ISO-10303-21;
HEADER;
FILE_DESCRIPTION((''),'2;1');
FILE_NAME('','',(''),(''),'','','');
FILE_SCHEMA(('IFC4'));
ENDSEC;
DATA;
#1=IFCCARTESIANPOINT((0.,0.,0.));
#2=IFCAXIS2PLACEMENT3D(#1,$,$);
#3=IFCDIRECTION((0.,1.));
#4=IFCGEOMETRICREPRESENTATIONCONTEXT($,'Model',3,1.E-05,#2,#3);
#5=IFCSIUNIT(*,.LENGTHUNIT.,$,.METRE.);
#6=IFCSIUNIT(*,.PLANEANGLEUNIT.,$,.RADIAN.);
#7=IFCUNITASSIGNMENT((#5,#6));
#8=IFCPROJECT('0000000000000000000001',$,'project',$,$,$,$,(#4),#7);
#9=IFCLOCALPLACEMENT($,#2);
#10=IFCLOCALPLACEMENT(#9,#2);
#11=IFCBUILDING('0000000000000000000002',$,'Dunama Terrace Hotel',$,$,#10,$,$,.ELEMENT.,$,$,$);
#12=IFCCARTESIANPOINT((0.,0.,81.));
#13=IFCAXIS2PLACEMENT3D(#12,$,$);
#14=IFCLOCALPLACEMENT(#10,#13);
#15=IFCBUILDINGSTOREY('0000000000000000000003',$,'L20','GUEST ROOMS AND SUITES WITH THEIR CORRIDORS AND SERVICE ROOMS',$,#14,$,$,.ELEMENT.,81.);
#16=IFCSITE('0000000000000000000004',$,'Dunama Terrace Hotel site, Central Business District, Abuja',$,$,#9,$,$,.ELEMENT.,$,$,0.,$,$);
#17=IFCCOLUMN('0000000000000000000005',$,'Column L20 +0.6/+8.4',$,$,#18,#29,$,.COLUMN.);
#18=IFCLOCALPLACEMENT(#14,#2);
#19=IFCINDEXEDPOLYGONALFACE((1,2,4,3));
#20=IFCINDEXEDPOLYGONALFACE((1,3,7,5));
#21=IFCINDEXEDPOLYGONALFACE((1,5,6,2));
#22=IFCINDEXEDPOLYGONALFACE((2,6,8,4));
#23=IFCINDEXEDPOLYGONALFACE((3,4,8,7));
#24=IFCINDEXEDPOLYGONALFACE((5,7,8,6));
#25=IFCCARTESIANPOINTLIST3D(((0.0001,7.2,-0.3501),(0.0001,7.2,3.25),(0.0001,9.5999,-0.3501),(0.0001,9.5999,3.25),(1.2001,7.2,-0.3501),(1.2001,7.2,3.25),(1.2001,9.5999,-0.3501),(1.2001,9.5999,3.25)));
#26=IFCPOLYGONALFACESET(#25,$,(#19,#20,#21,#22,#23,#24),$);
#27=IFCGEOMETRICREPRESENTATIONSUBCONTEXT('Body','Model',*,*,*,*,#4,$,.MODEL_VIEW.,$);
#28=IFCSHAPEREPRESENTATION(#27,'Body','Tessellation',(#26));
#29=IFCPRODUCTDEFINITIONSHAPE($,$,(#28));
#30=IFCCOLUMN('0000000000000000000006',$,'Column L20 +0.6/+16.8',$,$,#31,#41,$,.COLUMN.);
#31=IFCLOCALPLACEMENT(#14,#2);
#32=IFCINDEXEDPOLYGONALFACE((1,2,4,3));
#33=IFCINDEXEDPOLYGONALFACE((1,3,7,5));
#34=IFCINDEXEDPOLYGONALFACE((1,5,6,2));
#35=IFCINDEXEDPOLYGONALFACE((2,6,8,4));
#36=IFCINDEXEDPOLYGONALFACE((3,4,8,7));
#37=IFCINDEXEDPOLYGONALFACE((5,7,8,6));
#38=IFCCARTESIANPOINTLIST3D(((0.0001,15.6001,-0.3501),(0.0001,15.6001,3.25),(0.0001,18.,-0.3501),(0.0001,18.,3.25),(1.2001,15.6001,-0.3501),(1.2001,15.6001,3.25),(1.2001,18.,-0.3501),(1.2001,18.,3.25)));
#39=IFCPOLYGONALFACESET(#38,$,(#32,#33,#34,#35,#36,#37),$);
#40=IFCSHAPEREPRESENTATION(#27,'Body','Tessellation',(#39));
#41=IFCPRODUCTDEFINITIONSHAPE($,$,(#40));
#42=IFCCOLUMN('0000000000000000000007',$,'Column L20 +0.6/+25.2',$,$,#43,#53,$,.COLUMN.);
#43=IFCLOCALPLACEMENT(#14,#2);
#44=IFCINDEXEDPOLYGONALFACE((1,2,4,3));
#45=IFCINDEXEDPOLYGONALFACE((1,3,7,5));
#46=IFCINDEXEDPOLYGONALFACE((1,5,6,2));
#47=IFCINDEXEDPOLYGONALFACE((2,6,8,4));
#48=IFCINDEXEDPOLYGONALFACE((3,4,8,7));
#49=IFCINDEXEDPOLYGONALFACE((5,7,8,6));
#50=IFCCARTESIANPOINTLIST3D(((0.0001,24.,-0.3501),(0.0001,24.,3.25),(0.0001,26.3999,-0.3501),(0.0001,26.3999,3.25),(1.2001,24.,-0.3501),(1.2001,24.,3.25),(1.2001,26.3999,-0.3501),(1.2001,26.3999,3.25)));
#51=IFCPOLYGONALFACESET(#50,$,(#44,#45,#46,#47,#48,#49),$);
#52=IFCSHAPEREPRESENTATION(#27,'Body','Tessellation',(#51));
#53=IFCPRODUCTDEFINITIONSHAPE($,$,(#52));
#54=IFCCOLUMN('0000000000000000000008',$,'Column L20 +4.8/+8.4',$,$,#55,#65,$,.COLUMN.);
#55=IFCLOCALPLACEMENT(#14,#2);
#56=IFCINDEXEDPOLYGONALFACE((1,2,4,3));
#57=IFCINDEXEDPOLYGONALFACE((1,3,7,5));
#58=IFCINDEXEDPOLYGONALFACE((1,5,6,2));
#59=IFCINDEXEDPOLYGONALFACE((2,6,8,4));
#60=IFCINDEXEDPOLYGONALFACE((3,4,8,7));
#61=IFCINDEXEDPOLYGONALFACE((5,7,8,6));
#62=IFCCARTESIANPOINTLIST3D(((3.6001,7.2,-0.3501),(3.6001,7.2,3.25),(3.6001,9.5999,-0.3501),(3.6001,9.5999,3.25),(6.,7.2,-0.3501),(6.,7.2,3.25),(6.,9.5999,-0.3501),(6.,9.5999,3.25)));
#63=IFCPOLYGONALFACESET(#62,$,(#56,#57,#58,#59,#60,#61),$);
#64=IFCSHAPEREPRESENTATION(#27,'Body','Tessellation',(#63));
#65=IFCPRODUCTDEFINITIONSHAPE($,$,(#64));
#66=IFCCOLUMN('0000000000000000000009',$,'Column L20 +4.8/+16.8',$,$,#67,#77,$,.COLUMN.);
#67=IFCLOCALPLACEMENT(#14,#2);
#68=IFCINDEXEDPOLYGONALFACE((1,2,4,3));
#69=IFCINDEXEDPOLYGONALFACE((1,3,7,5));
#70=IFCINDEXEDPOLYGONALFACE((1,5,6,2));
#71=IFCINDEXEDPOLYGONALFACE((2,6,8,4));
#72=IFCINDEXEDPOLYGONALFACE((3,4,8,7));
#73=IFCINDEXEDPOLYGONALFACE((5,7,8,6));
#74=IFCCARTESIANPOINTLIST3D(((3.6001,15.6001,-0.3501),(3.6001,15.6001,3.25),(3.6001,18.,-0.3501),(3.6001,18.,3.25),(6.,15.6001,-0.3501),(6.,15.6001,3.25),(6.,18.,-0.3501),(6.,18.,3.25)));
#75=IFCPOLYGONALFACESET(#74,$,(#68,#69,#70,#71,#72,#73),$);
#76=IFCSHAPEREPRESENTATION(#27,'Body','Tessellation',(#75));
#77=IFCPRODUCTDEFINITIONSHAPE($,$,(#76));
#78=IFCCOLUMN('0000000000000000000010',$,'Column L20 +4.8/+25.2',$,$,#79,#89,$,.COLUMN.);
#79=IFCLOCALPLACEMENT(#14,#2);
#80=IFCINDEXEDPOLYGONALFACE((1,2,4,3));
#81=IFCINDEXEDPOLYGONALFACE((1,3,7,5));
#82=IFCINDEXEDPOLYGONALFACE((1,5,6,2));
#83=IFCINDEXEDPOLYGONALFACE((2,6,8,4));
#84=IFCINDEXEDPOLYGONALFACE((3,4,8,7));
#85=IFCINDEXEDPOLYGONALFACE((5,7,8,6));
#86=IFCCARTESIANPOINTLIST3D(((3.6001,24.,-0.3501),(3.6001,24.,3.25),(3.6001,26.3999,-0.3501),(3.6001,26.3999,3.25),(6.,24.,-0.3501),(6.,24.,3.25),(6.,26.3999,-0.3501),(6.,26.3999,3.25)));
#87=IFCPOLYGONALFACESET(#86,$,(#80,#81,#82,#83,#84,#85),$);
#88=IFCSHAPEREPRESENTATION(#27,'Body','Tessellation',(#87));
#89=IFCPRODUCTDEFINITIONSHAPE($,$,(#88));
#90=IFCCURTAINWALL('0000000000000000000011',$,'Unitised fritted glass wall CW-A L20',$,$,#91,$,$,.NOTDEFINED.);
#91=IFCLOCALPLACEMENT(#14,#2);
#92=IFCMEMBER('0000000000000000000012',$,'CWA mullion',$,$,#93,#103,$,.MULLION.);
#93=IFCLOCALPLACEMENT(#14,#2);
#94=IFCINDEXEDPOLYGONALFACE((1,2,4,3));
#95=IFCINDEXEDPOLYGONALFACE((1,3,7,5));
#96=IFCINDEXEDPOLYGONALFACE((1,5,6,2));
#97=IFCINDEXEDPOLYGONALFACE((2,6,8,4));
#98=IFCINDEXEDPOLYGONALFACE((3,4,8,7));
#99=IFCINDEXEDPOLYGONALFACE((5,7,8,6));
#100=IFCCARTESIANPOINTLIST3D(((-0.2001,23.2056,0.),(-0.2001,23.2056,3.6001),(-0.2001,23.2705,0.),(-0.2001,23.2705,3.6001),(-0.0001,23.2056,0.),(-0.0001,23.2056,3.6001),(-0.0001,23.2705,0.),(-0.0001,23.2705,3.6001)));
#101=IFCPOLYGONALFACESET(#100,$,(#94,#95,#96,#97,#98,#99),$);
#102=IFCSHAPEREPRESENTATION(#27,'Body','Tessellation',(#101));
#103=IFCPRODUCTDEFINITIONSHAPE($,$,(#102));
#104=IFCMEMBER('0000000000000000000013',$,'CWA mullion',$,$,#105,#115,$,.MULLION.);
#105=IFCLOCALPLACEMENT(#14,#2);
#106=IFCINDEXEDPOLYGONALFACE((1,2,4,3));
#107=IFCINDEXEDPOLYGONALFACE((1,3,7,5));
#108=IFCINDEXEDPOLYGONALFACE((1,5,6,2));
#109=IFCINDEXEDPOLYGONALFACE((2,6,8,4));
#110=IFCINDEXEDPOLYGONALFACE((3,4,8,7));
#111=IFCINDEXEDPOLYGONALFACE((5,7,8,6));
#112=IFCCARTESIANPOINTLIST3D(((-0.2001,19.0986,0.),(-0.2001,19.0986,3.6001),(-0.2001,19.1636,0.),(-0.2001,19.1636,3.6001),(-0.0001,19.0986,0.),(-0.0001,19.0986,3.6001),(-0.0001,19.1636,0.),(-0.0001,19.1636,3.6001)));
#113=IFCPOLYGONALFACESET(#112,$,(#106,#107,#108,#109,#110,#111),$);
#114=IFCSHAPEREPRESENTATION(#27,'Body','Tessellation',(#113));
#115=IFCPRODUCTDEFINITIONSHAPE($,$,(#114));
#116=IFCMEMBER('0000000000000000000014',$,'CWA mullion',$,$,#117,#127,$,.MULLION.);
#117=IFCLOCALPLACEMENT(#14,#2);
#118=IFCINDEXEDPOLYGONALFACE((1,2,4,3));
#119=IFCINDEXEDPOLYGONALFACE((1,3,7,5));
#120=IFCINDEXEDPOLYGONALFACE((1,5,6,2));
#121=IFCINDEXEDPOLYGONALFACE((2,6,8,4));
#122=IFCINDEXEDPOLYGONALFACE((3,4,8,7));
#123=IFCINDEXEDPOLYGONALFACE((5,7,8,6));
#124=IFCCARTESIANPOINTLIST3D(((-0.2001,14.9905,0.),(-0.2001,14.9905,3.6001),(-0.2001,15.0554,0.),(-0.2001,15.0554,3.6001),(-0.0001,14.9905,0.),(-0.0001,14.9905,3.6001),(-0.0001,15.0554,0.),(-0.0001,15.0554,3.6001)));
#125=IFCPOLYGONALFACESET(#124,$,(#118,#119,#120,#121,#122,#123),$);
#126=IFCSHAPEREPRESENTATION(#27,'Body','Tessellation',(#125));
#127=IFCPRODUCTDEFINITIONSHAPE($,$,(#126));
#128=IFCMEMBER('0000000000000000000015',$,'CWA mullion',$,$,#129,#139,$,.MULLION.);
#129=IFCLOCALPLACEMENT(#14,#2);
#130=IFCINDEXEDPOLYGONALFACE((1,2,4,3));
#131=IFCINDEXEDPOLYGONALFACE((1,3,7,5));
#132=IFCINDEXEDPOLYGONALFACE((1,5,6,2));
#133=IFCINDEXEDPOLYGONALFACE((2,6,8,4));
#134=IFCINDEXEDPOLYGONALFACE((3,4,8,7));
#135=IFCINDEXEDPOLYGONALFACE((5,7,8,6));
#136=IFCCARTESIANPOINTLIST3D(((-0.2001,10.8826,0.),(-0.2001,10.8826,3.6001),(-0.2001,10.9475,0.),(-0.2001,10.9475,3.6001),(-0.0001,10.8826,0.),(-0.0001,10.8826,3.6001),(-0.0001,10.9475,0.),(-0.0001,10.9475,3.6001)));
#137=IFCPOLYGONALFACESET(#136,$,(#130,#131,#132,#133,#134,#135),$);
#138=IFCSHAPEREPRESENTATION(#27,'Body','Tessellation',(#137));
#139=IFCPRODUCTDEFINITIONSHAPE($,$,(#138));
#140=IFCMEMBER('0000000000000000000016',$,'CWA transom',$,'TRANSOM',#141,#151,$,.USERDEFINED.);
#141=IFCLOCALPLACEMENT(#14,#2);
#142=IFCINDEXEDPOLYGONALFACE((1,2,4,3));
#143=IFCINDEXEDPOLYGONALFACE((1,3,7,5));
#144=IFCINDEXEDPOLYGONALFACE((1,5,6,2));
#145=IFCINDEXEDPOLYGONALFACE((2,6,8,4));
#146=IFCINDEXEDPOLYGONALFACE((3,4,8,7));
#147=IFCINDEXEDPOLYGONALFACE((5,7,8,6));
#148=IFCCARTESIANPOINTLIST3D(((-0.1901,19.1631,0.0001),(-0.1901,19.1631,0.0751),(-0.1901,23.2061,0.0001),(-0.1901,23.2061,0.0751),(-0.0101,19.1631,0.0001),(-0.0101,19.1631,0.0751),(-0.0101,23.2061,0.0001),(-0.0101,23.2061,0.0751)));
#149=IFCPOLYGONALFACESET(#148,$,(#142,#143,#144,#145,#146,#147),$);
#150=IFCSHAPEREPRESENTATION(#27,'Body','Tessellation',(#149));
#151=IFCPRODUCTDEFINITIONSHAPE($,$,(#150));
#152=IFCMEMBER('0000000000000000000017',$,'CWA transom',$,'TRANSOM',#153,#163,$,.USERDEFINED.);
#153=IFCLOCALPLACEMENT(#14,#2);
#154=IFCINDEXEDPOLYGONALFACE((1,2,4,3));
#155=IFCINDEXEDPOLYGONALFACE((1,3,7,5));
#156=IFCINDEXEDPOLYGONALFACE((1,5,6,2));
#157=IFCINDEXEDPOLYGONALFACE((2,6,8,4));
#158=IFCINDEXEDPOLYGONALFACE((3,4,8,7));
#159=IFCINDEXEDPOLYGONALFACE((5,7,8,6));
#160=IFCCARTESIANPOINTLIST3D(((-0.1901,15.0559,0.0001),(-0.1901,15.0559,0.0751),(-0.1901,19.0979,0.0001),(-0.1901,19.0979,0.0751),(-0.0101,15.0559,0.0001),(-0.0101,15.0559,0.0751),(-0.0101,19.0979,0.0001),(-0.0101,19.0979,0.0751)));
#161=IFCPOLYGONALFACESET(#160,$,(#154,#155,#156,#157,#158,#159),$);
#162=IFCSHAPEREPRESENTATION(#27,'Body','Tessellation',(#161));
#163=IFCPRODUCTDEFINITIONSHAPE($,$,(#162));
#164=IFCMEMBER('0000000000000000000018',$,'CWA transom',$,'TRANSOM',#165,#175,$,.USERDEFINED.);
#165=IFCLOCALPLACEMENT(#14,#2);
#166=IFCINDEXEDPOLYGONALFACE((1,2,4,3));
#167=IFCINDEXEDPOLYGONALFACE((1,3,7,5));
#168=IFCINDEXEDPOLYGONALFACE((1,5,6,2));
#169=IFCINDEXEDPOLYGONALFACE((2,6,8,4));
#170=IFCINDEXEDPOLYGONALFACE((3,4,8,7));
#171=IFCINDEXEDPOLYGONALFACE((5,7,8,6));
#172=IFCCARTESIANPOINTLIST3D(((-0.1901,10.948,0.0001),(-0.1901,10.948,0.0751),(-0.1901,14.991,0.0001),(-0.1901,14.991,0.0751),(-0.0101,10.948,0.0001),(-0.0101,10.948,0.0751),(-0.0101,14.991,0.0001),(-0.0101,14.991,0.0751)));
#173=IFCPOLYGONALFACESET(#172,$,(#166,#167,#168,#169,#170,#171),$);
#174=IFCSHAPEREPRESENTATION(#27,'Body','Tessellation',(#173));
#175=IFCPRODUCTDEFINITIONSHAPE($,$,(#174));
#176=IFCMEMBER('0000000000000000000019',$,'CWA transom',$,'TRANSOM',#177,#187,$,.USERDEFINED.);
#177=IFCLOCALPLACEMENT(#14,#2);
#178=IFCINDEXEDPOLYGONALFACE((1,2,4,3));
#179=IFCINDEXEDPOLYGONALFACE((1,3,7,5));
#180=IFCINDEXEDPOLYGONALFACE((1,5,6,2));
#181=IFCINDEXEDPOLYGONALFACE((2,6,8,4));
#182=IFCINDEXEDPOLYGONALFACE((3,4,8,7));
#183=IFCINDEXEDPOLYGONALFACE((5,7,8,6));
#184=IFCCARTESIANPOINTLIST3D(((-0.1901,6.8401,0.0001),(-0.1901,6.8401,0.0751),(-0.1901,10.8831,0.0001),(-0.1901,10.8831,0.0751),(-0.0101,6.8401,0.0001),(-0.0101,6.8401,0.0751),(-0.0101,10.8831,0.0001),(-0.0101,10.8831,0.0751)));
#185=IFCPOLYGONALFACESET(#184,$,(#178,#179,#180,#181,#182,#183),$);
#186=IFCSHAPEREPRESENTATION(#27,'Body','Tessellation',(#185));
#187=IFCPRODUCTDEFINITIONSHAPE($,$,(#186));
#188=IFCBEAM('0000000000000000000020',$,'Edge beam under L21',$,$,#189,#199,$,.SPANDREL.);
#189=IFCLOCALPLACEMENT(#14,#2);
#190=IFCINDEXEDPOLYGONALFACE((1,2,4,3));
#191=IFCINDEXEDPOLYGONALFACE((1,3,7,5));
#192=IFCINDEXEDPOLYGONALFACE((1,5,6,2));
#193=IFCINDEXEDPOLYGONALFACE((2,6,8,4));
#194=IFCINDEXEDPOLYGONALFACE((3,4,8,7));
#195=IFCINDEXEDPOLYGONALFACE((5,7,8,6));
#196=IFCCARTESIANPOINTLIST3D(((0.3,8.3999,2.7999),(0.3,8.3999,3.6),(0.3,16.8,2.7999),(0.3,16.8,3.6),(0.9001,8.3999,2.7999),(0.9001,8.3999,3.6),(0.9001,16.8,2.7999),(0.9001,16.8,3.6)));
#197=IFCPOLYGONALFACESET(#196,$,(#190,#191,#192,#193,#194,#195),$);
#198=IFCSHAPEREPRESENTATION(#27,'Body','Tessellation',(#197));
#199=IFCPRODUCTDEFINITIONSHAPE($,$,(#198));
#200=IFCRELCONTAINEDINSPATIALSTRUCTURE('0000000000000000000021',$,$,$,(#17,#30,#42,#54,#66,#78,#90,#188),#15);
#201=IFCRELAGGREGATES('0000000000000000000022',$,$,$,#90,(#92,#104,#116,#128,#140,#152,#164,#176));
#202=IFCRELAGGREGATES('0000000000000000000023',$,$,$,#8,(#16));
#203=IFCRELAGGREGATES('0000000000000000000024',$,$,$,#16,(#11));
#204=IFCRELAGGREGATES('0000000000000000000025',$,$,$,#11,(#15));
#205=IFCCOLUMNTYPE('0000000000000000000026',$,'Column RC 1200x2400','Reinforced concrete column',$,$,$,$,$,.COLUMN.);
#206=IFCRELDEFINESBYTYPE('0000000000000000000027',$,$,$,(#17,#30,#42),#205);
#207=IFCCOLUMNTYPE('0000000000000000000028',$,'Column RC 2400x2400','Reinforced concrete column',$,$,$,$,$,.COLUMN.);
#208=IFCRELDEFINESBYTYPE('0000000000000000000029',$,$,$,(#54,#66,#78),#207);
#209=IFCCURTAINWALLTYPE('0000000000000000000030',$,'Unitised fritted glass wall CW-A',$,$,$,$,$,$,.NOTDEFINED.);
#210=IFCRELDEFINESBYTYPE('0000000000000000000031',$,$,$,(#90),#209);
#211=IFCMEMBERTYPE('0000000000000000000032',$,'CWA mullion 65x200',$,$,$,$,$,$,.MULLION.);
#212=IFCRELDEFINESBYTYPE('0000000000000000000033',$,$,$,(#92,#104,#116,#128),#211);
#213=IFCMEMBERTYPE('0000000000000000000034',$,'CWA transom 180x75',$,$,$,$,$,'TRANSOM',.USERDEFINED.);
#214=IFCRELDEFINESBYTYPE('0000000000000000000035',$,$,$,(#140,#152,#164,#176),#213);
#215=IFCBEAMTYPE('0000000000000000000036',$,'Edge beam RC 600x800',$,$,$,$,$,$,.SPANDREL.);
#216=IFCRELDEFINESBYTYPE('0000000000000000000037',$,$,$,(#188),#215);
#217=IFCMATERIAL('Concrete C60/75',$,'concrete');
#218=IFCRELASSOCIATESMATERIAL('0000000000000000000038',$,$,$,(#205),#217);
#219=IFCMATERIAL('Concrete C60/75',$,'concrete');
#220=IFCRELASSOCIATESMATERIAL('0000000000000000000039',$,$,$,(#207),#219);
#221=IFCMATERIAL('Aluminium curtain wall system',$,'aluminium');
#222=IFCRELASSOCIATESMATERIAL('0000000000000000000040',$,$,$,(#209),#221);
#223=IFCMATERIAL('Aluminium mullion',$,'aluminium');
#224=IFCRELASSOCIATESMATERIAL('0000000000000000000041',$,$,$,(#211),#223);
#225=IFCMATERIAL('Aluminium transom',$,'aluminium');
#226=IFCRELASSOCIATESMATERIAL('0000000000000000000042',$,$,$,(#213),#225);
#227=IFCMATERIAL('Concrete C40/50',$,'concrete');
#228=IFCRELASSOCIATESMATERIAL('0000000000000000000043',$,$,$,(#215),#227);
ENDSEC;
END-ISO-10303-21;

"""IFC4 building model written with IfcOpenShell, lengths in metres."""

from ifc_helpers import new_model, si_unit, direction, frame, origin, origin_2d, place, context, subcontext, project, spatial, rectangle, extrude, material, material_profile, profile_set, type_object, element, aggregate, save


model = new_model("IFC4")

# Units and contexts
model_context = context("Model", 3, precision=1e-05, world=origin(), true_north=direction((0.0, 1.0)))
body_context = subcontext(model_context, "Body", "Model", "MODEL_VIEW")
ifc_project = project(units=[si_unit("LENGTHUNIT", "METRE"), si_unit("PLANEANGLEUNIT", "RADIAN")], contexts=[model_context])

# Site, building, storey
site_placement = place(None, origin())
site = spatial("IfcSite", under=ifc_project, at=site_placement, Name="Dunama Terrace Hotel site, Central Business District, Abuja", CompositionType="ELEMENT", RefElevation=0.0)
building_placement = place(site_placement, origin())
building = spatial("IfcBuilding", under=site, at=building_placement, Name="Dunama Terrace Hotel", CompositionType="ELEMENT")
storey_placement = place(building_placement, frame((0.0, 0.0, 81.0)))
storey = spatial("IfcBuildingStorey", under=building, at=storey_placement, Name="L20", Description="GUEST ROOMS AND SUITES WITH THEIR CORRIDORS AND SERVICE ROOMS", CompositionType="ELEMENT", Elevation=81.0)

# Columns
ifc_material_1 = material(Name="Concrete C60/75", Category="concrete")
ifc_material_profile_1 = material_profile(ifc_material_1, rectangle(XDim=1.2, YDim=2.3999, at=origin_2d()), Name="RC 1200x2400")
ifc_profile_set_1 = profile_set([ifc_material_profile_1], Name="Concrete C60/75")
column_type_1 = type_object("IfcColumnType", Name="Column RC 1200x2400", Description="Reinforced concrete column", PredefinedType="COLUMN", material=ifc_profile_set_1)
for number, where, z_axis, x_axis, name in (
    (1, (0.6001, 8.3999, -0.3501), (0.0, 0.0, 1.0), (1.0, 0.0, 0.0), "Column L20 +0.6/+8.4"),
    (2, (0.6001, 16.8, -0.3501), (0.0, 0.0, 1.0), (1.0, 0.0, 0.0), "Column L20 +0.6/+16.8"),
    (3, (0.6001, 25.2, -0.3501), (0.0, 0.0, 1.0), (1.0, 0.0, 0.0), "Column L20 +0.6/+25.2"),
):
    element("IfcColumn", number, at=place(storey_placement, frame(where, z_axis=z_axis, x_axis=x_axis)), inside=storey, type_object=column_type_1, Name=name, PredefinedType="COLUMN", context=body_context, shape_type="SweptSolid", body=[
        extrude(rectangle(XDim=1.2, YDim=2.3999, at=origin_2d()), origin(), (0.0, 0.0, 1.0), 3.6001),
    ])
ifc_material_2 = material(Name="Concrete C60/75", Category="concrete")
ifc_material_profile_2 = material_profile(ifc_material_2, rectangle(XDim=2.3999, YDim=2.3999, at=origin_2d()), Name="RC 2400x2400")
ifc_profile_set_2 = profile_set([ifc_material_profile_2], Name="Concrete C60/75")
column_type_2 = type_object("IfcColumnType", Name="Column RC 2400x2400", Description="Reinforced concrete column", PredefinedType="COLUMN", material=ifc_profile_set_2)
for number, where, z_axis, x_axis, name in (
    (4, (4.8, 8.3999, -0.3501), (0.0, 0.0, 1.0), (1.0, 0.0, 0.0), "Column L20 +4.8/+8.4"),
    (5, (4.8, 16.8, -0.3501), (0.0, 0.0, 1.0), (1.0, 0.0, 0.0), "Column L20 +4.8/+16.8"),
    (6, (4.8, 25.2, -0.3501), (0.0, 0.0, 1.0), (1.0, 0.0, 0.0), "Column L20 +4.8/+25.2"),
):
    element("IfcColumn", number, at=place(storey_placement, frame(where, z_axis=z_axis, x_axis=x_axis)), inside=storey, type_object=column_type_2, Name=name, PredefinedType="COLUMN", context=body_context, shape_type="SweptSolid", body=[
        extrude(rectangle(XDim=2.3999, YDim=2.3999, at=origin_2d()), origin(), (0.0, 0.0, 1.0), 3.6001),
    ])

# Curtain wall, members
ifc_material_3 = material(Name="Aluminium curtain wall system", Category="aluminium")
curtain_wall_type = type_object("IfcCurtainWallType", Name="Unitised fritted glass wall CW-A", PredefinedType="NOTDEFINED", material=ifc_material_3)
curtain_wall_placement = place(storey_placement, origin())
curtain_wall = element("IfcCurtainWall", 7, at=curtain_wall_placement, inside=storey, type_object=curtain_wall_type, Name="Unitised fritted glass wall CW-A L20", PredefinedType="NOTDEFINED")
ifc_material_4 = material(Name="Aluminium mullion", Category="aluminium")
ifc_material_profile_3 = material_profile(ifc_material_4, rectangle(XDim=0.0649, YDim=0.2, at=origin_2d()), Name="CWA MULLION 65X200")
ifc_profile_set_3 = profile_set([ifc_material_profile_3], Name="Aluminium mullion")
member_type_1 = type_object("IfcMemberType", Name="CWA mullion 65x200", PredefinedType="MULLION", material=ifc_profile_set_3)
member_1_placement = place(storey_placement, frame((-0.1001, 23.238, 0.0), z_axis=(0.0, 0.0, 1.0), x_axis=(0.0, -1.0, 0.0)))
member_1 = element("IfcMember", 8, at=member_1_placement, type_object=member_type_1, Name="CWA mullion", PredefinedType="MULLION", context=body_context, shape_type="SweptSolid", body=[
    extrude(rectangle(XDim=0.0649, YDim=0.2, at=origin_2d()), origin(), (0.0, 0.0, 1.0), 3.6001),
])
member_2_placement = place(storey_placement, frame((-0.1001, 19.1311, 0.0), z_axis=(0.0, 0.0, 1.0), x_axis=(0.0, -1.0, 0.0)))
member_2 = element("IfcMember", 9, at=member_2_placement, type_object=member_type_1, Name="CWA mullion", PredefinedType="MULLION", context=body_context, shape_type="SweptSolid", body=[
    extrude(rectangle(XDim=0.0649, YDim=0.2, at=origin_2d()), origin(), (0.0, 0.0, 1.0), 3.6001),
])
member_3_placement = place(storey_placement, frame((-0.1001, 15.0229, 0.0), z_axis=(0.0, 0.0, 1.0), x_axis=(0.0, -1.0, 0.0)))
member_3 = element("IfcMember", 10, at=member_3_placement, type_object=member_type_1, Name="CWA mullion", PredefinedType="MULLION", context=body_context, shape_type="SweptSolid", body=[
    extrude(rectangle(XDim=0.0649, YDim=0.2, at=origin_2d()), origin(), (0.0, 0.0, 1.0), 3.6001),
])
member_4_placement = place(storey_placement, frame((-0.1001, 10.915, 0.0), z_axis=(0.0, 0.0, 1.0), x_axis=(0.0, -1.0, 0.0)))
member_4 = element("IfcMember", 11, at=member_4_placement, type_object=member_type_1, Name="CWA mullion", PredefinedType="MULLION", context=body_context, shape_type="SweptSolid", body=[
    extrude(rectangle(XDim=0.0649, YDim=0.2, at=origin_2d()), origin(), (0.0, 0.0, 1.0), 3.6001),
])
ifc_material_5 = material(Name="Aluminium transom", Category="aluminium")
ifc_material_profile_4 = material_profile(ifc_material_5, rectangle(XDim=0.1799, YDim=0.075, at=origin_2d()), Name="CWA TRANSOM 180X75")
ifc_profile_set_4 = profile_set([ifc_material_profile_4], Name="Aluminium transom")
member_type_2 = type_object("IfcMemberType", Name="CWA transom 180x75", ElementType="TRANSOM", PredefinedType="USERDEFINED", material=ifc_profile_set_4)
member_5_placement = place(storey_placement, frame((-0.1001, 23.2061, 0.0376), z_axis=(0.0, -1.0, 0.0), x_axis=(1.0, 0.0, 0.0)))
member_5 = element("IfcMember", 12, at=member_5_placement, type_object=member_type_2, Name="CWA transom", ObjectType="TRANSOM", PredefinedType="USERDEFINED", context=body_context, shape_type="SweptSolid", body=[
    extrude(rectangle(XDim=0.1799, YDim=0.075, at=origin_2d()), origin(), (0.0, 0.0, 1.0), 4.043),
])
member_6_placement = place(storey_placement, frame((-0.1001, 19.0979, 0.0376), z_axis=(0.0, -1.0, 0.0), x_axis=(1.0, 0.0, 0.0)))
member_6 = element("IfcMember", 13, at=member_6_placement, type_object=member_type_2, Name="CWA transom", ObjectType="TRANSOM", PredefinedType="USERDEFINED", context=body_context, shape_type="SweptSolid", body=[
    extrude(rectangle(XDim=0.1799, YDim=0.075, at=origin_2d()), origin(), (0.0, 0.0, 1.0), 4.042),
])
member_7_placement = place(storey_placement, frame((-0.1001, 14.991, 0.0376), z_axis=(0.0, -1.0, 0.0), x_axis=(1.0, 0.0, 0.0)))
member_7 = element("IfcMember", 14, at=member_7_placement, type_object=member_type_2, Name="CWA transom", ObjectType="TRANSOM", PredefinedType="USERDEFINED", context=body_context, shape_type="SweptSolid", body=[
    extrude(rectangle(XDim=0.1799, YDim=0.075, at=origin_2d()), origin(), (0.0, 0.0, 1.0), 4.043),
])
member_8_placement = place(storey_placement, frame((-0.1001, 10.8831, 0.0376), z_axis=(0.0, -1.0, 0.0), x_axis=(1.0, 0.0, 0.0)))
member_8 = element("IfcMember", 15, at=member_8_placement, type_object=member_type_2, Name="CWA transom", ObjectType="TRANSOM", PredefinedType="USERDEFINED", context=body_context, shape_type="SweptSolid", body=[
    extrude(rectangle(XDim=0.1799, YDim=0.075, at=origin_2d()), origin(), (0.0, 0.0, 1.0), 4.043),
])

# Beam
ifc_material_6 = material(Name="Concrete C40/50", Category="concrete")
ifc_material_profile_5 = material_profile(ifc_material_6, rectangle(XDim=0.6001, YDim=0.8, at=origin_2d()), Name="RC 600x800")
ifc_profile_set_5 = profile_set([ifc_material_profile_5], Name="Concrete C40/50")
beam_type = type_object("IfcBeamType", Name="Edge beam RC 600x800", PredefinedType="SPANDREL", material=ifc_profile_set_5)
beam_1_placement = place(storey_placement, frame((0.6001, 8.3999, 3.2), z_axis=(0.0, 1.0, 0.0), x_axis=(-1.0, 0.0, 0.0)))
element("IfcBeam", 16, at=beam_1_placement, inside=storey, type_object=beam_type, Name="Edge beam under L21", PredefinedType="SPANDREL", context=body_context, shape_type="SweptSolid", body=[
    extrude(rectangle(XDim=0.6001, YDim=0.8, at=origin_2d()), origin(), (0.0, 0.0, 1.0), 8.4001),
])

aggregate(curtain_wall, [member_1, member_2, member_3, member_4, member_5, member_6, member_7, member_8])

save(model, "model.ifc")
